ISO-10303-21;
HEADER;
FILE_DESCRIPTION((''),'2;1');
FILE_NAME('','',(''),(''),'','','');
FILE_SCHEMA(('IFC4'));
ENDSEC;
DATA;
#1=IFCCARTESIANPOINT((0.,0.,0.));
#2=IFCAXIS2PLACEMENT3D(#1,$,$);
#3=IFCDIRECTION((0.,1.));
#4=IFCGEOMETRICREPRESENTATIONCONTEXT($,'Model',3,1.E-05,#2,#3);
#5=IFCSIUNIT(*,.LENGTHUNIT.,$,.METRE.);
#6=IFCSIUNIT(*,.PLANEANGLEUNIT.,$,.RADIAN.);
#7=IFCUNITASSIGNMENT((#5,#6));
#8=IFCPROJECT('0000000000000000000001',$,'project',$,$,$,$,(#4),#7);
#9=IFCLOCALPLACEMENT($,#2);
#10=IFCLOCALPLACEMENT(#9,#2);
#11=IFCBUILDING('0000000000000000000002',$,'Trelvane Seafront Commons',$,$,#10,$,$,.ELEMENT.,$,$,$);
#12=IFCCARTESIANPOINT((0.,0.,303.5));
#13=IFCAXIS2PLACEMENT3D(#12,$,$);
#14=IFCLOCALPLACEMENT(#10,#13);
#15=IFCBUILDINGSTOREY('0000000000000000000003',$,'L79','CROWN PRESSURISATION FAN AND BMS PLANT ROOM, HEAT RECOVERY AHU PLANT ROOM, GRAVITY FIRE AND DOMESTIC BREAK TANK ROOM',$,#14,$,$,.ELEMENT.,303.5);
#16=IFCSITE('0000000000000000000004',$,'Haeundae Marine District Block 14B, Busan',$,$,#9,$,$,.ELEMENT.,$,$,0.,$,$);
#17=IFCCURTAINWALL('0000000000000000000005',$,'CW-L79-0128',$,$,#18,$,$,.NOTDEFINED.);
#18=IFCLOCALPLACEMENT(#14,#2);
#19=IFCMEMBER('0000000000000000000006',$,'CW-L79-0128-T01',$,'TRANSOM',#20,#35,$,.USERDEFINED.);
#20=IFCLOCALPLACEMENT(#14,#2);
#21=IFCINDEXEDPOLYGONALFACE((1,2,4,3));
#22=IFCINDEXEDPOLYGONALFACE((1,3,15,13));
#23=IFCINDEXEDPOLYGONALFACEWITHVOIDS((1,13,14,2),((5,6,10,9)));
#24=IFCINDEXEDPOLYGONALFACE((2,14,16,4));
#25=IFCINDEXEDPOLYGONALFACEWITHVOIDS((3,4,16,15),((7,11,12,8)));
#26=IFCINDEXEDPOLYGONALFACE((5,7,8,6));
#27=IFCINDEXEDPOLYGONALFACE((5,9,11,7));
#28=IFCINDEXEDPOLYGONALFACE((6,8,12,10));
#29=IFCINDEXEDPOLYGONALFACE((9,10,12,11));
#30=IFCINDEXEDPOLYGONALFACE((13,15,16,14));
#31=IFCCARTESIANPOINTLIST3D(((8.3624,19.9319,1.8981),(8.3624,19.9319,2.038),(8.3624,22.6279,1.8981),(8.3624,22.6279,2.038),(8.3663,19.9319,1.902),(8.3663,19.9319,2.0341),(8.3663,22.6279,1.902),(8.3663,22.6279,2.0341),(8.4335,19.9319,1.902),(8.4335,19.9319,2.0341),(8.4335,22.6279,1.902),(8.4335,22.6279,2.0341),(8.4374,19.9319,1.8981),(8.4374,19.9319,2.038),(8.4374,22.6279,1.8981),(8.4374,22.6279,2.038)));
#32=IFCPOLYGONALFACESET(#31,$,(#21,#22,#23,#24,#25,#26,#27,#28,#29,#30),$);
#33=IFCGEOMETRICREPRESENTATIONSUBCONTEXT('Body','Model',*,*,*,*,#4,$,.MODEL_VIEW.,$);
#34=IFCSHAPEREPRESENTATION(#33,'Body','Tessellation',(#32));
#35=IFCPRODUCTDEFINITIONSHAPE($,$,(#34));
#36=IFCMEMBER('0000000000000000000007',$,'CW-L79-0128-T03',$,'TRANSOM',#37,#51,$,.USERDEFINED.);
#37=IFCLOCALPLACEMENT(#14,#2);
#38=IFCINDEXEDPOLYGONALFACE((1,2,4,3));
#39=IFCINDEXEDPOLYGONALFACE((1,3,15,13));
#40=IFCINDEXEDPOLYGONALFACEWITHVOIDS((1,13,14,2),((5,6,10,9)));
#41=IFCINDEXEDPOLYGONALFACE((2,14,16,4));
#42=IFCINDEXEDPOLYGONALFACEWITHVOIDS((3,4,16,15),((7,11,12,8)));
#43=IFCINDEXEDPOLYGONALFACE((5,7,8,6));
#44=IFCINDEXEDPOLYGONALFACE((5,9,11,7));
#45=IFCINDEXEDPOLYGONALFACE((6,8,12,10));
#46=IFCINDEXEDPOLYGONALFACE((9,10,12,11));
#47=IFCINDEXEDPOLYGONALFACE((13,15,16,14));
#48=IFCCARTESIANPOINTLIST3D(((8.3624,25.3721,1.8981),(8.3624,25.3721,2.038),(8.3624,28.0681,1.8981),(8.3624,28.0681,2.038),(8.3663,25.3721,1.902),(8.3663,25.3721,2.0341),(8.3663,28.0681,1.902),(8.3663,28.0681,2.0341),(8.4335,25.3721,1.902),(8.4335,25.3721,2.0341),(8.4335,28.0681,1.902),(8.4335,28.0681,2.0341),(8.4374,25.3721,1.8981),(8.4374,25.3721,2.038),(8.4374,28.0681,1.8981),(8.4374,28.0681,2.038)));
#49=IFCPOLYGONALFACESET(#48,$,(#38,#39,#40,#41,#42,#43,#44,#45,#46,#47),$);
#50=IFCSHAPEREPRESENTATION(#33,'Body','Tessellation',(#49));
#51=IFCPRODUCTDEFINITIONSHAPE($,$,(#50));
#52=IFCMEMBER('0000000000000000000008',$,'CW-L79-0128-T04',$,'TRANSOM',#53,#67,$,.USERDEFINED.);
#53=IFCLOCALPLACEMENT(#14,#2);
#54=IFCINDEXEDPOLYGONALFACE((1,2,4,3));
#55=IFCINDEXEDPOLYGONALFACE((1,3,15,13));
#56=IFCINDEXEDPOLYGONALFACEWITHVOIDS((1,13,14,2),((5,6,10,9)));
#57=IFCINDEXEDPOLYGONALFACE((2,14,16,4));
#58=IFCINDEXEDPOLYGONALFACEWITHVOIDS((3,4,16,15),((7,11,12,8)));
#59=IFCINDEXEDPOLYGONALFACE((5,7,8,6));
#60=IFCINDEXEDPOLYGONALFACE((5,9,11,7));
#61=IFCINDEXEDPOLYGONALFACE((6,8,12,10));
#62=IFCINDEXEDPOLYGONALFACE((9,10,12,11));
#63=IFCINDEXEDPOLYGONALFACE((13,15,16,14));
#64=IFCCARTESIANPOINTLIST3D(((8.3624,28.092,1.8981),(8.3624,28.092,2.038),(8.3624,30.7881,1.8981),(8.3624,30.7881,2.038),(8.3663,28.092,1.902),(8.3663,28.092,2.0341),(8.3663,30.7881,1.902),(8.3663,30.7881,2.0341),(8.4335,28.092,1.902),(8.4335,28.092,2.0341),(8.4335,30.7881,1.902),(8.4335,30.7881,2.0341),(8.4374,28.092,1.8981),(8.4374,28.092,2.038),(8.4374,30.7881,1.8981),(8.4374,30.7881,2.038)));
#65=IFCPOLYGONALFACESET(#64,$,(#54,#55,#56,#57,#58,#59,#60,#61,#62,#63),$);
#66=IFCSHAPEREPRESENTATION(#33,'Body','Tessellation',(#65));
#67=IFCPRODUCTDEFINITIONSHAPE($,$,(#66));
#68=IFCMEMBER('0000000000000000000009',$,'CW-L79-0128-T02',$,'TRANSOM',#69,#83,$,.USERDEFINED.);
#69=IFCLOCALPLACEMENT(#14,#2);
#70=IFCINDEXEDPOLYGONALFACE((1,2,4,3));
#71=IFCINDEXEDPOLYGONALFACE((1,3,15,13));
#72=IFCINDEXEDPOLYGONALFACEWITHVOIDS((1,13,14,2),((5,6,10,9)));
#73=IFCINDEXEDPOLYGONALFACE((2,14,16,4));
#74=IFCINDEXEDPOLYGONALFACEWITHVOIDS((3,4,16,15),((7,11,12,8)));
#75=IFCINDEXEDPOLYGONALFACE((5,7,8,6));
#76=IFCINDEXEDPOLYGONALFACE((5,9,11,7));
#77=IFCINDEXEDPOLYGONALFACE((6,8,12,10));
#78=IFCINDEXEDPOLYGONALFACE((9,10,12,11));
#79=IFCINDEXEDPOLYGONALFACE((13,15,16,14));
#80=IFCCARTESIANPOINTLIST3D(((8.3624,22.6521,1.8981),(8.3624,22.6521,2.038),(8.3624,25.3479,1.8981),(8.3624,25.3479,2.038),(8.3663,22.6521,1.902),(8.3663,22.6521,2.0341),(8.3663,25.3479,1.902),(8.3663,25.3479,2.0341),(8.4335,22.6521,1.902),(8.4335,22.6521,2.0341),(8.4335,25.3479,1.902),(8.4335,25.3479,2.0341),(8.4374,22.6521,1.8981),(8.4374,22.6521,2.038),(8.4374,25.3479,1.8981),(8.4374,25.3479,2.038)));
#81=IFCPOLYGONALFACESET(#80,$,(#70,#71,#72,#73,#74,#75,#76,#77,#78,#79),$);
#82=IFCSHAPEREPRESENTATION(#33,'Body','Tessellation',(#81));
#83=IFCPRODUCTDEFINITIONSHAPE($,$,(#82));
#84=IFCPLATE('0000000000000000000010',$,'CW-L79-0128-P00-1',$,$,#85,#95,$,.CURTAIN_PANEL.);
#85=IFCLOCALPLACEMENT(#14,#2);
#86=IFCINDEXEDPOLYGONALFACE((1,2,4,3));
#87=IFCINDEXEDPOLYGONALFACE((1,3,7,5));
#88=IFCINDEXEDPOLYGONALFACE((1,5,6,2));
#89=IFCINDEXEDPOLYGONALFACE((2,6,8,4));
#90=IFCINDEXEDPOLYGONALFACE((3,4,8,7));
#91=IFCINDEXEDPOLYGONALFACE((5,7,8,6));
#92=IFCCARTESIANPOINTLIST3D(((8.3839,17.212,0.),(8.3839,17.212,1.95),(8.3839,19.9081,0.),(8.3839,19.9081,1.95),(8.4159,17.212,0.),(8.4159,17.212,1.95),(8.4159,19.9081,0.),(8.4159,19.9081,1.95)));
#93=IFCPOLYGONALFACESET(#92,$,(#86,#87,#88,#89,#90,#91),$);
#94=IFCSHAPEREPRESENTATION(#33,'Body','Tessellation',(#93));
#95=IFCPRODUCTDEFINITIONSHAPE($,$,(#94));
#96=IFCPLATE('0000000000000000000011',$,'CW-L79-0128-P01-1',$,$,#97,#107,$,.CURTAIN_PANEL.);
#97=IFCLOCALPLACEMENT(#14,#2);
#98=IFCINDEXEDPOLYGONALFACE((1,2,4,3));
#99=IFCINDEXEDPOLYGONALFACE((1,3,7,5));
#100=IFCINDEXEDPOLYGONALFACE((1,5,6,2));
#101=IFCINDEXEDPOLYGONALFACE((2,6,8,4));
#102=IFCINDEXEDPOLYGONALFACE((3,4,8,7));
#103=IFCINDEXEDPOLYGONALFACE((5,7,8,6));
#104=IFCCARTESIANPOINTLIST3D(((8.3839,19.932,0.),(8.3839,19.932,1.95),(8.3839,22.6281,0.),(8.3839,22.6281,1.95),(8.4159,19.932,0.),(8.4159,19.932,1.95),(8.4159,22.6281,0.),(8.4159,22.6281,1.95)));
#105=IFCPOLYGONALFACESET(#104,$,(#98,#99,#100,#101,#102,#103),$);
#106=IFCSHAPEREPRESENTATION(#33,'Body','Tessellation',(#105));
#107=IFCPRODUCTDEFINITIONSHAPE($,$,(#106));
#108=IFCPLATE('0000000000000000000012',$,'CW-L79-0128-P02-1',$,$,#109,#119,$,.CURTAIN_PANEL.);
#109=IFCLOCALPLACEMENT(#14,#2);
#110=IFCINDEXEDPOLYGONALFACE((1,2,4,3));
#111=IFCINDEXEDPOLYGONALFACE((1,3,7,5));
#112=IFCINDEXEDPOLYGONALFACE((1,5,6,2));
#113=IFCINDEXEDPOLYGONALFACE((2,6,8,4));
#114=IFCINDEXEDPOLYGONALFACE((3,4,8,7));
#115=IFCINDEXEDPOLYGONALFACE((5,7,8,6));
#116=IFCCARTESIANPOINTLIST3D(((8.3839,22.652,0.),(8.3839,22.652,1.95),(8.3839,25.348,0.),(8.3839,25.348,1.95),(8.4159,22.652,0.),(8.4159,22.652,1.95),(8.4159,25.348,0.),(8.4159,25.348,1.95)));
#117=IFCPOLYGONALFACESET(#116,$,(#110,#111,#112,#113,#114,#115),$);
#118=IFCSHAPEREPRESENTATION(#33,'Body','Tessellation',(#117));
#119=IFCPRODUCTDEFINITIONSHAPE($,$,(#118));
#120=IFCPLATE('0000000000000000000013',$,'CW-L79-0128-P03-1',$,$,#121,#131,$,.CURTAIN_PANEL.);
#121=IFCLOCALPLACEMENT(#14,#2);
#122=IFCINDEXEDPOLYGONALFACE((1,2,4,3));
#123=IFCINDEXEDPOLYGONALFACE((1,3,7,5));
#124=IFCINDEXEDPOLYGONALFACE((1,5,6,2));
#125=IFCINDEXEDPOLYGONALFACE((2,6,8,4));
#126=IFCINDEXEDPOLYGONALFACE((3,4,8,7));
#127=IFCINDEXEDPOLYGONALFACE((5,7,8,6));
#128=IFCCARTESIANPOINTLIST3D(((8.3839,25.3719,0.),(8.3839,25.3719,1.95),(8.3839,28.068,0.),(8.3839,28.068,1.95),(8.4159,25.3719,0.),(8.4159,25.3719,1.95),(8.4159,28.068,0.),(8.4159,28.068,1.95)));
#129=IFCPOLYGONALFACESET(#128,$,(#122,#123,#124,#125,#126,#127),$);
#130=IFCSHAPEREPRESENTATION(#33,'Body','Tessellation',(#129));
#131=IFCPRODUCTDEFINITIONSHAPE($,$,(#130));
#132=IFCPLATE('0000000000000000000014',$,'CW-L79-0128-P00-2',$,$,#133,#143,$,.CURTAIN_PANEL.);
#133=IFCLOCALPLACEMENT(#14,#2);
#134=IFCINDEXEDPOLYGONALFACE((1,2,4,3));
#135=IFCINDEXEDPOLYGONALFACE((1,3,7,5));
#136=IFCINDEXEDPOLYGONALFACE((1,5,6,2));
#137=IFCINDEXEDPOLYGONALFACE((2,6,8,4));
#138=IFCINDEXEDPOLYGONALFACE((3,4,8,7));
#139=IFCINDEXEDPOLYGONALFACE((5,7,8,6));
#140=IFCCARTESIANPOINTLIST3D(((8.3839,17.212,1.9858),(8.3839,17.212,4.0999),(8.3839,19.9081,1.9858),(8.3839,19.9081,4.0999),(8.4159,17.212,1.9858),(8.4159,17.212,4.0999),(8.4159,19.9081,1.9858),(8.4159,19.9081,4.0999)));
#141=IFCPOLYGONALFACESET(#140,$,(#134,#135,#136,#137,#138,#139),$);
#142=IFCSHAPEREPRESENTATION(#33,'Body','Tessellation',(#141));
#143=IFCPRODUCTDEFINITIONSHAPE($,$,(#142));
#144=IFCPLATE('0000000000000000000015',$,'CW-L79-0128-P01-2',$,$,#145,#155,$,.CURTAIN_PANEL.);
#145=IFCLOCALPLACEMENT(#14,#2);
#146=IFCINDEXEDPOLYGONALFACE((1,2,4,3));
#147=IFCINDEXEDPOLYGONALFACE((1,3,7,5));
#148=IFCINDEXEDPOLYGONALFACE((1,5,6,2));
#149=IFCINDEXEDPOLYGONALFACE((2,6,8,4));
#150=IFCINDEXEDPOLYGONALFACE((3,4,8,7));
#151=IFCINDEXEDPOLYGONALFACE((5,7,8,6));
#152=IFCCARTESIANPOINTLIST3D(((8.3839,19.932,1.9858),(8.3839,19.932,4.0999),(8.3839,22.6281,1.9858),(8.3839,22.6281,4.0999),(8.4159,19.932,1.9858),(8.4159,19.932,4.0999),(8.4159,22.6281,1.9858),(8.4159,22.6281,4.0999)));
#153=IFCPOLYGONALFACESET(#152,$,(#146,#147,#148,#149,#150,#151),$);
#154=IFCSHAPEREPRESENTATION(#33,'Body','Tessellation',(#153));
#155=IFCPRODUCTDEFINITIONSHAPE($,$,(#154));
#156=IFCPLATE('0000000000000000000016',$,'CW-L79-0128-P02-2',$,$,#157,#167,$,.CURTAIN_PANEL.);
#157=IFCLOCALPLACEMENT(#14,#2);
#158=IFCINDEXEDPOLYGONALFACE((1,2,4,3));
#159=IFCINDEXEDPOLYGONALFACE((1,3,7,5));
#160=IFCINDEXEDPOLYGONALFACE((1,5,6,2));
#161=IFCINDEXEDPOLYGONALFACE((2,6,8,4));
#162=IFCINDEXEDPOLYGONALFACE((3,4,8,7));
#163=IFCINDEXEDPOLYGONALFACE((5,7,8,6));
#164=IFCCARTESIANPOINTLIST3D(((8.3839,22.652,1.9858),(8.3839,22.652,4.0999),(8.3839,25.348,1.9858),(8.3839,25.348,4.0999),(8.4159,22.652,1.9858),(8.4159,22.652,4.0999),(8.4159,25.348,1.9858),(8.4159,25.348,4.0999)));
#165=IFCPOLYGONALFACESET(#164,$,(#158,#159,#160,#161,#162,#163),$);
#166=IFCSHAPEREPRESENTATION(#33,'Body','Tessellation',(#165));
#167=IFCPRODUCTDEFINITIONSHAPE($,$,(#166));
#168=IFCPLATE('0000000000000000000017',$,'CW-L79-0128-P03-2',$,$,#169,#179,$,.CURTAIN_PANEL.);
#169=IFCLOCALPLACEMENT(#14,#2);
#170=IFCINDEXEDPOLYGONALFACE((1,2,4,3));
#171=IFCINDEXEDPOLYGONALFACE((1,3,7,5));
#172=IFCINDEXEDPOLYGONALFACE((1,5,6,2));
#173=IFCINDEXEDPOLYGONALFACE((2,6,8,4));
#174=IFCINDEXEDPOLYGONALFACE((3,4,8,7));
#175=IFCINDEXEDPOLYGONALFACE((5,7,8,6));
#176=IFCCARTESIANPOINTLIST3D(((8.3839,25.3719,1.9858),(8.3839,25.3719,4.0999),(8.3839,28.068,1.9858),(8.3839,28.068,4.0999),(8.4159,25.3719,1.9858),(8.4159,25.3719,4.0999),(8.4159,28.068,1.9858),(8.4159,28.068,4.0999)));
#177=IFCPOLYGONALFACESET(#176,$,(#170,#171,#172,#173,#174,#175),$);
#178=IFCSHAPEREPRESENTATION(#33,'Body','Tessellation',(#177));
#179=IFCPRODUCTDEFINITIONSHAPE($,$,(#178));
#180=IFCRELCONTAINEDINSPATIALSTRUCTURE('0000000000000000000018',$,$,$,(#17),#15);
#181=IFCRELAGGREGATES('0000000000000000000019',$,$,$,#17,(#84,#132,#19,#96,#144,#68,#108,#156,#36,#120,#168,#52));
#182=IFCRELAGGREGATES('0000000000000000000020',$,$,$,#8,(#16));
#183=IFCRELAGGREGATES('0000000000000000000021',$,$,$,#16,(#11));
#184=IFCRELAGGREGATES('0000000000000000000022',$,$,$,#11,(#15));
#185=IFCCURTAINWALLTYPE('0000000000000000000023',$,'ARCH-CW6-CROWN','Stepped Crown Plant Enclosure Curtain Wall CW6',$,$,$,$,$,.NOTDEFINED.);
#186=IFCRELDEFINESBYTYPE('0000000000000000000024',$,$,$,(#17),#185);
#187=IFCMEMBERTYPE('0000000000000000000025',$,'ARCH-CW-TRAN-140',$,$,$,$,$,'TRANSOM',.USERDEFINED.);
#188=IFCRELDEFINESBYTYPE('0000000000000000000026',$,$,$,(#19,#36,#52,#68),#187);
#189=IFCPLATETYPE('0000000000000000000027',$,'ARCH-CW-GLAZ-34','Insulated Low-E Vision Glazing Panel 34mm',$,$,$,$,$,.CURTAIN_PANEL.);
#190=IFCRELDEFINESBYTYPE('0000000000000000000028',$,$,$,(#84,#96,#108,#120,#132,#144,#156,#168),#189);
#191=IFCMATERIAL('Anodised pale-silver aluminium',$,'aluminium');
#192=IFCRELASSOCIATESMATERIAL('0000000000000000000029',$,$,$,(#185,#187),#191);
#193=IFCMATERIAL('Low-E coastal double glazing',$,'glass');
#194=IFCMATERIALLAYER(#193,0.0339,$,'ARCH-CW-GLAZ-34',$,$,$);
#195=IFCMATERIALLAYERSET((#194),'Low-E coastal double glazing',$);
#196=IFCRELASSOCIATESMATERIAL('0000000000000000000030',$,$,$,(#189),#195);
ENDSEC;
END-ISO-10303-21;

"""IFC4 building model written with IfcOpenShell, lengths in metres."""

from ifc_helpers import new_model, si_unit, direction, frame, origin, origin_2d, place, context, subcontext, project, spatial, rectangle, hollow_rectangle, extrude, source, transform, mapped, material, layer, layer_set, material_profile, profile_set, type_object, element, aggregate, save


model = new_model("IFC4")

# Units and contexts
model_context = context("Model", 3, precision=1e-05, world=origin(), true_north=direction((0.0, 1.0)))
body_context = subcontext(model_context, "Body", "Model", "MODEL_VIEW")
ifc_project = project(units=[si_unit("LENGTHUNIT", "METRE"), si_unit("PLANEANGLEUNIT", "RADIAN")], contexts=[model_context])

# Site, building, storey
site_placement = place(None, origin())
site = spatial("IfcSite", under=ifc_project, at=site_placement, Name="Haeundae Marine District Block 14B, Busan", CompositionType="ELEMENT", RefElevation=0.0)
building_placement = place(site_placement, origin())
building = spatial("IfcBuilding", under=site, at=building_placement, Name="Trelvane Seafront Commons", CompositionType="ELEMENT")
storey_placement = place(building_placement, frame((0.0, 0.0, 303.5)))
storey = spatial("IfcBuildingStorey", under=building, at=storey_placement, Name="L79", Description="CROWN PRESSURISATION FAN AND BMS PLANT ROOM, HEAT RECOVERY AHU PLANT ROOM, GRAVITY FIRE AND DOMESTIC BREAK TANK ROOM", CompositionType="ELEMENT", Elevation=303.5)

# Curtain wall, members, plates
ifc_material_1 = material(Name="Anodised pale-silver aluminium", Category="aluminium")
curtain_wall_type = type_object("IfcCurtainWallType", Name="ARCH-CW6-CROWN", Description="Stepped Crown Plant Enclosure Curtain Wall CW6", PredefinedType="NOTDEFINED", material=ifc_material_1)
curtain_wall_placement = place(storey_placement, origin())
curtain_wall = element("IfcCurtainWall", 1, at=curtain_wall_placement, inside=storey, type_object=curtain_wall_type, Name="CW-L79-0128", PredefinedType="NOTDEFINED")
ifc_material_profile_1 = material_profile(ifc_material_1, hollow_rectangle(XDim=0.075, YDim=0.1399, WallThickness=0.0039, at=origin_2d()), Name="TRAN-75x140x4")
ifc_profile_set_1 = profile_set([ifc_material_profile_1], Name="Anodised pale-silver aluminium")
member_type_1 = type_object("IfcMemberType", Name="ARCH-CW-TRAN-140", ElementType="TRANSOM", PredefinedType="USERDEFINED", material=ifc_profile_set_1)
shared_shape_1 = source(origin(), body_context, "Body", "SweptSolid", [
    extrude(hollow_rectangle(XDim=0.075, YDim=0.1399, WallThickness=0.0039, at=origin_2d()), origin(), (0.0, 0.0, 1.0), 2.696),
])
member_1_placement = place(storey_placement, frame((8.3999, 19.9319, 1.968), z_axis=(0.0, 1.0, 0.0), x_axis=(-1.0, 0.0, 0.0)))
member_1 = element("IfcMember", 2, at=member_1_placement, type_object=member_type_1, Name="CW-L79-0128-T01", ObjectType="TRANSOM", PredefinedType="USERDEFINED", context=body_context, shape_type="MappedRepresentation", body=[
    mapped(shared_shape_1, transform((0.0, 0.0, 0.0), x_axis=(1.0, 0.0, 0.0), y_axis=(0.0, 1.0, 0.0), z_axis=(0.0, 0.0, 1.0), scale=1.0)),
])
member_2_placement = place(storey_placement, frame((8.3999, 25.3721, 1.968), z_axis=(0.0, 1.0, 0.0), x_axis=(-1.0, 0.0, 0.0)))
member_2 = element("IfcMember", 3, at=member_2_placement, type_object=member_type_1, Name="CW-L79-0128-T03", ObjectType="TRANSOM", PredefinedType="USERDEFINED", context=body_context, shape_type="MappedRepresentation", body=[
    mapped(shared_shape_1, transform((0.0, 0.0, 0.0), x_axis=(1.0, 0.0, 0.0), y_axis=(0.0, 1.0, 0.0), z_axis=(0.0, 0.0, 1.0), scale=1.0)),
])
member_3_placement = place(storey_placement, frame((8.3999, 28.092, 1.968), z_axis=(0.0, 1.0, 0.0), x_axis=(-1.0, 0.0, 0.0)))
member_3 = element("IfcMember", 4, at=member_3_placement, type_object=member_type_1, Name="CW-L79-0128-T04", ObjectType="TRANSOM", PredefinedType="USERDEFINED", context=body_context, shape_type="MappedRepresentation", body=[
    mapped(shared_shape_1, transform((0.0, 0.0, 0.0), x_axis=(1.0, 0.0, 0.0), y_axis=(0.0, 1.0, 0.0), z_axis=(0.0, 0.0, 1.0), scale=1.0)),
])
shared_shape_2 = source(origin(), body_context, "Body", "SweptSolid", [
    extrude(hollow_rectangle(XDim=0.075, YDim=0.1399, WallThickness=0.0039, at=origin_2d()), origin(), (0.0, 0.0, 1.0), 2.6958),
])
member_4_placement = place(storey_placement, frame((8.3999, 22.6521, 1.968), z_axis=(0.0, 1.0, 0.0), x_axis=(-1.0, 0.0, 0.0)))
member_4 = element("IfcMember", 5, at=member_4_placement, type_object=member_type_1, Name="CW-L79-0128-T02", ObjectType="TRANSOM", PredefinedType="USERDEFINED", context=body_context, shape_type="MappedRepresentation", body=[
    mapped(shared_shape_2, transform((0.0, 0.0, 0.0), x_axis=(1.0, 0.0, 0.0), y_axis=(0.0, 1.0, 0.0), z_axis=(0.0, 0.0, 1.0), scale=1.0)),
])
ifc_material_2 = material(Name="Low-E coastal double glazing", Category="glass")
ifc_layer_1 = layer(ifc_material_2, 0.0339, Name="ARCH-CW-GLAZ-34")
ifc_layer_set_1 = layer_set([ifc_layer_1], Name="Low-E coastal double glazing")
plate_type = type_object("IfcPlateType", Name="ARCH-CW-GLAZ-34", Description="Insulated Low-E Vision Glazing Panel 34mm", PredefinedType="CURTAIN_PANEL", material=ifc_layer_set_1)
shared_shape_3 = source(origin(), body_context, "Body", "SweptSolid", [
    extrude(rectangle(XDim=2.696, YDim=0.032, at=origin_2d()), origin(), (0.0, 0.0, 1.0), 1.95),
])
plate_1_placement = place(storey_placement, frame((8.3999, 18.5601, 0.0), z_axis=(0.0, 0.0, 1.0), x_axis=(0.0, 1.0, 0.0)))
plate_1 = element("IfcPlate", 6, at=plate_1_placement, type_object=plate_type, Name="CW-L79-0128-P00-1", PredefinedType="CURTAIN_PANEL", context=body_context, shape_type="MappedRepresentation", body=[
    mapped(shared_shape_3, transform((0.0, 0.0, 0.0), x_axis=(1.0, 0.0, 0.0), y_axis=(0.0, 1.0, 0.0), z_axis=(0.0, 0.0, 1.0), scale=1.0)),
])
plate_2_placement = place(storey_placement, frame((8.3999, 21.28, 0.0), z_axis=(0.0, 0.0, 1.0), x_axis=(0.0, 1.0, 0.0)))
plate_2 = element("IfcPlate", 7, at=plate_2_placement, type_object=plate_type, Name="CW-L79-0128-P01-1", PredefinedType="CURTAIN_PANEL", context=body_context, shape_type="MappedRepresentation", body=[
    mapped(shared_shape_3, transform((0.0, 0.0, 0.0), x_axis=(1.0, 0.0, 0.0), y_axis=(0.0, 1.0, 0.0), z_axis=(0.0, 0.0, 1.0), scale=1.0)),
])
plate_3_placement = place(storey_placement, frame((8.3999, 24.0, 0.0), z_axis=(0.0, 0.0, 1.0), x_axis=(0.0, 1.0, 0.0)))
plate_3 = element("IfcPlate", 8, at=plate_3_placement, type_object=plate_type, Name="CW-L79-0128-P02-1", PredefinedType="CURTAIN_PANEL", context=body_context, shape_type="MappedRepresentation", body=[
    mapped(shared_shape_3, transform((0.0, 0.0, 0.0), x_axis=(1.0, 0.0, 0.0), y_axis=(0.0, 1.0, 0.0), z_axis=(0.0, 0.0, 1.0), scale=1.0)),
])
plate_4_placement = place(storey_placement, frame((8.3999, 26.72, 0.0), z_axis=(0.0, 0.0, 1.0), x_axis=(0.0, 1.0, 0.0)))
plate_4 = element("IfcPlate", 9, at=plate_4_placement, type_object=plate_type, Name="CW-L79-0128-P03-1", PredefinedType="CURTAIN_PANEL", context=body_context, shape_type="MappedRepresentation", body=[
    mapped(shared_shape_3, transform((0.0, 0.0, 0.0), x_axis=(1.0, 0.0, 0.0), y_axis=(0.0, 1.0, 0.0), z_axis=(0.0, 0.0, 1.0), scale=1.0)),
])
shared_shape_4 = source(origin(), body_context, "Body", "SweptSolid", [
    extrude(rectangle(XDim=2.696, YDim=0.032, at=origin_2d()), origin(), (0.0, 0.0, 1.0), 2.114),
])
plate_5_placement = place(storey_placement, frame((8.3999, 18.5601, 1.9858), z_axis=(0.0, 0.0, 1.0), x_axis=(0.0, 1.0, 0.0)))
plate_5 = element("IfcPlate", 10, at=plate_5_placement, type_object=plate_type, Name="CW-L79-0128-P00-2", PredefinedType="CURTAIN_PANEL", context=body_context, shape_type="MappedRepresentation", body=[
    mapped(shared_shape_4, transform((0.0, 0.0, 0.0), x_axis=(1.0, 0.0, 0.0), y_axis=(0.0, 1.0, 0.0), z_axis=(0.0, 0.0, 1.0), scale=1.0)),
])
plate_6_placement = place(storey_placement, frame((8.3999, 21.28, 1.9858), z_axis=(0.0, 0.0, 1.0), x_axis=(0.0, 1.0, 0.0)))
plate_6 = element("IfcPlate", 11, at=plate_6_placement, type_object=plate_type, Name="CW-L79-0128-P01-2", PredefinedType="CURTAIN_PANEL", context=body_context, shape_type="MappedRepresentation", body=[
    mapped(shared_shape_4, transform((0.0, 0.0, 0.0), x_axis=(1.0, 0.0, 0.0), y_axis=(0.0, 1.0, 0.0), z_axis=(0.0, 0.0, 1.0), scale=1.0)),
])
plate_7_placement = place(storey_placement, frame((8.3999, 24.0, 1.9858), z_axis=(0.0, 0.0, 1.0), x_axis=(0.0, 1.0, 0.0)))
plate_7 = element("IfcPlate", 12, at=plate_7_placement, type_object=plate_type, Name="CW-L79-0128-P02-2", PredefinedType="CURTAIN_PANEL", context=body_context, shape_type="MappedRepresentation", body=[
    mapped(shared_shape_4, transform((0.0, 0.0, 0.0), x_axis=(1.0, 0.0, 0.0), y_axis=(0.0, 1.0, 0.0), z_axis=(0.0, 0.0, 1.0), scale=1.0)),
])
plate_8_placement = place(storey_placement, frame((8.3999, 26.72, 1.9858), z_axis=(0.0, 0.0, 1.0), x_axis=(0.0, 1.0, 0.0)))
plate_8 = element("IfcPlate", 13, at=plate_8_placement, type_object=plate_type, Name="CW-L79-0128-P03-2", PredefinedType="CURTAIN_PANEL", context=body_context, shape_type="MappedRepresentation", body=[
    mapped(shared_shape_4, transform((0.0, 0.0, 0.0), x_axis=(1.0, 0.0, 0.0), y_axis=(0.0, 1.0, 0.0), z_axis=(0.0, 0.0, 1.0), scale=1.0)),
])
aggregate(curtain_wall, [plate_1, plate_5, member_1, plate_2, plate_6, member_4, plate_3, plate_7, member_2, plate_4, plate_8, member_3])

save(model, "model.ifc")
